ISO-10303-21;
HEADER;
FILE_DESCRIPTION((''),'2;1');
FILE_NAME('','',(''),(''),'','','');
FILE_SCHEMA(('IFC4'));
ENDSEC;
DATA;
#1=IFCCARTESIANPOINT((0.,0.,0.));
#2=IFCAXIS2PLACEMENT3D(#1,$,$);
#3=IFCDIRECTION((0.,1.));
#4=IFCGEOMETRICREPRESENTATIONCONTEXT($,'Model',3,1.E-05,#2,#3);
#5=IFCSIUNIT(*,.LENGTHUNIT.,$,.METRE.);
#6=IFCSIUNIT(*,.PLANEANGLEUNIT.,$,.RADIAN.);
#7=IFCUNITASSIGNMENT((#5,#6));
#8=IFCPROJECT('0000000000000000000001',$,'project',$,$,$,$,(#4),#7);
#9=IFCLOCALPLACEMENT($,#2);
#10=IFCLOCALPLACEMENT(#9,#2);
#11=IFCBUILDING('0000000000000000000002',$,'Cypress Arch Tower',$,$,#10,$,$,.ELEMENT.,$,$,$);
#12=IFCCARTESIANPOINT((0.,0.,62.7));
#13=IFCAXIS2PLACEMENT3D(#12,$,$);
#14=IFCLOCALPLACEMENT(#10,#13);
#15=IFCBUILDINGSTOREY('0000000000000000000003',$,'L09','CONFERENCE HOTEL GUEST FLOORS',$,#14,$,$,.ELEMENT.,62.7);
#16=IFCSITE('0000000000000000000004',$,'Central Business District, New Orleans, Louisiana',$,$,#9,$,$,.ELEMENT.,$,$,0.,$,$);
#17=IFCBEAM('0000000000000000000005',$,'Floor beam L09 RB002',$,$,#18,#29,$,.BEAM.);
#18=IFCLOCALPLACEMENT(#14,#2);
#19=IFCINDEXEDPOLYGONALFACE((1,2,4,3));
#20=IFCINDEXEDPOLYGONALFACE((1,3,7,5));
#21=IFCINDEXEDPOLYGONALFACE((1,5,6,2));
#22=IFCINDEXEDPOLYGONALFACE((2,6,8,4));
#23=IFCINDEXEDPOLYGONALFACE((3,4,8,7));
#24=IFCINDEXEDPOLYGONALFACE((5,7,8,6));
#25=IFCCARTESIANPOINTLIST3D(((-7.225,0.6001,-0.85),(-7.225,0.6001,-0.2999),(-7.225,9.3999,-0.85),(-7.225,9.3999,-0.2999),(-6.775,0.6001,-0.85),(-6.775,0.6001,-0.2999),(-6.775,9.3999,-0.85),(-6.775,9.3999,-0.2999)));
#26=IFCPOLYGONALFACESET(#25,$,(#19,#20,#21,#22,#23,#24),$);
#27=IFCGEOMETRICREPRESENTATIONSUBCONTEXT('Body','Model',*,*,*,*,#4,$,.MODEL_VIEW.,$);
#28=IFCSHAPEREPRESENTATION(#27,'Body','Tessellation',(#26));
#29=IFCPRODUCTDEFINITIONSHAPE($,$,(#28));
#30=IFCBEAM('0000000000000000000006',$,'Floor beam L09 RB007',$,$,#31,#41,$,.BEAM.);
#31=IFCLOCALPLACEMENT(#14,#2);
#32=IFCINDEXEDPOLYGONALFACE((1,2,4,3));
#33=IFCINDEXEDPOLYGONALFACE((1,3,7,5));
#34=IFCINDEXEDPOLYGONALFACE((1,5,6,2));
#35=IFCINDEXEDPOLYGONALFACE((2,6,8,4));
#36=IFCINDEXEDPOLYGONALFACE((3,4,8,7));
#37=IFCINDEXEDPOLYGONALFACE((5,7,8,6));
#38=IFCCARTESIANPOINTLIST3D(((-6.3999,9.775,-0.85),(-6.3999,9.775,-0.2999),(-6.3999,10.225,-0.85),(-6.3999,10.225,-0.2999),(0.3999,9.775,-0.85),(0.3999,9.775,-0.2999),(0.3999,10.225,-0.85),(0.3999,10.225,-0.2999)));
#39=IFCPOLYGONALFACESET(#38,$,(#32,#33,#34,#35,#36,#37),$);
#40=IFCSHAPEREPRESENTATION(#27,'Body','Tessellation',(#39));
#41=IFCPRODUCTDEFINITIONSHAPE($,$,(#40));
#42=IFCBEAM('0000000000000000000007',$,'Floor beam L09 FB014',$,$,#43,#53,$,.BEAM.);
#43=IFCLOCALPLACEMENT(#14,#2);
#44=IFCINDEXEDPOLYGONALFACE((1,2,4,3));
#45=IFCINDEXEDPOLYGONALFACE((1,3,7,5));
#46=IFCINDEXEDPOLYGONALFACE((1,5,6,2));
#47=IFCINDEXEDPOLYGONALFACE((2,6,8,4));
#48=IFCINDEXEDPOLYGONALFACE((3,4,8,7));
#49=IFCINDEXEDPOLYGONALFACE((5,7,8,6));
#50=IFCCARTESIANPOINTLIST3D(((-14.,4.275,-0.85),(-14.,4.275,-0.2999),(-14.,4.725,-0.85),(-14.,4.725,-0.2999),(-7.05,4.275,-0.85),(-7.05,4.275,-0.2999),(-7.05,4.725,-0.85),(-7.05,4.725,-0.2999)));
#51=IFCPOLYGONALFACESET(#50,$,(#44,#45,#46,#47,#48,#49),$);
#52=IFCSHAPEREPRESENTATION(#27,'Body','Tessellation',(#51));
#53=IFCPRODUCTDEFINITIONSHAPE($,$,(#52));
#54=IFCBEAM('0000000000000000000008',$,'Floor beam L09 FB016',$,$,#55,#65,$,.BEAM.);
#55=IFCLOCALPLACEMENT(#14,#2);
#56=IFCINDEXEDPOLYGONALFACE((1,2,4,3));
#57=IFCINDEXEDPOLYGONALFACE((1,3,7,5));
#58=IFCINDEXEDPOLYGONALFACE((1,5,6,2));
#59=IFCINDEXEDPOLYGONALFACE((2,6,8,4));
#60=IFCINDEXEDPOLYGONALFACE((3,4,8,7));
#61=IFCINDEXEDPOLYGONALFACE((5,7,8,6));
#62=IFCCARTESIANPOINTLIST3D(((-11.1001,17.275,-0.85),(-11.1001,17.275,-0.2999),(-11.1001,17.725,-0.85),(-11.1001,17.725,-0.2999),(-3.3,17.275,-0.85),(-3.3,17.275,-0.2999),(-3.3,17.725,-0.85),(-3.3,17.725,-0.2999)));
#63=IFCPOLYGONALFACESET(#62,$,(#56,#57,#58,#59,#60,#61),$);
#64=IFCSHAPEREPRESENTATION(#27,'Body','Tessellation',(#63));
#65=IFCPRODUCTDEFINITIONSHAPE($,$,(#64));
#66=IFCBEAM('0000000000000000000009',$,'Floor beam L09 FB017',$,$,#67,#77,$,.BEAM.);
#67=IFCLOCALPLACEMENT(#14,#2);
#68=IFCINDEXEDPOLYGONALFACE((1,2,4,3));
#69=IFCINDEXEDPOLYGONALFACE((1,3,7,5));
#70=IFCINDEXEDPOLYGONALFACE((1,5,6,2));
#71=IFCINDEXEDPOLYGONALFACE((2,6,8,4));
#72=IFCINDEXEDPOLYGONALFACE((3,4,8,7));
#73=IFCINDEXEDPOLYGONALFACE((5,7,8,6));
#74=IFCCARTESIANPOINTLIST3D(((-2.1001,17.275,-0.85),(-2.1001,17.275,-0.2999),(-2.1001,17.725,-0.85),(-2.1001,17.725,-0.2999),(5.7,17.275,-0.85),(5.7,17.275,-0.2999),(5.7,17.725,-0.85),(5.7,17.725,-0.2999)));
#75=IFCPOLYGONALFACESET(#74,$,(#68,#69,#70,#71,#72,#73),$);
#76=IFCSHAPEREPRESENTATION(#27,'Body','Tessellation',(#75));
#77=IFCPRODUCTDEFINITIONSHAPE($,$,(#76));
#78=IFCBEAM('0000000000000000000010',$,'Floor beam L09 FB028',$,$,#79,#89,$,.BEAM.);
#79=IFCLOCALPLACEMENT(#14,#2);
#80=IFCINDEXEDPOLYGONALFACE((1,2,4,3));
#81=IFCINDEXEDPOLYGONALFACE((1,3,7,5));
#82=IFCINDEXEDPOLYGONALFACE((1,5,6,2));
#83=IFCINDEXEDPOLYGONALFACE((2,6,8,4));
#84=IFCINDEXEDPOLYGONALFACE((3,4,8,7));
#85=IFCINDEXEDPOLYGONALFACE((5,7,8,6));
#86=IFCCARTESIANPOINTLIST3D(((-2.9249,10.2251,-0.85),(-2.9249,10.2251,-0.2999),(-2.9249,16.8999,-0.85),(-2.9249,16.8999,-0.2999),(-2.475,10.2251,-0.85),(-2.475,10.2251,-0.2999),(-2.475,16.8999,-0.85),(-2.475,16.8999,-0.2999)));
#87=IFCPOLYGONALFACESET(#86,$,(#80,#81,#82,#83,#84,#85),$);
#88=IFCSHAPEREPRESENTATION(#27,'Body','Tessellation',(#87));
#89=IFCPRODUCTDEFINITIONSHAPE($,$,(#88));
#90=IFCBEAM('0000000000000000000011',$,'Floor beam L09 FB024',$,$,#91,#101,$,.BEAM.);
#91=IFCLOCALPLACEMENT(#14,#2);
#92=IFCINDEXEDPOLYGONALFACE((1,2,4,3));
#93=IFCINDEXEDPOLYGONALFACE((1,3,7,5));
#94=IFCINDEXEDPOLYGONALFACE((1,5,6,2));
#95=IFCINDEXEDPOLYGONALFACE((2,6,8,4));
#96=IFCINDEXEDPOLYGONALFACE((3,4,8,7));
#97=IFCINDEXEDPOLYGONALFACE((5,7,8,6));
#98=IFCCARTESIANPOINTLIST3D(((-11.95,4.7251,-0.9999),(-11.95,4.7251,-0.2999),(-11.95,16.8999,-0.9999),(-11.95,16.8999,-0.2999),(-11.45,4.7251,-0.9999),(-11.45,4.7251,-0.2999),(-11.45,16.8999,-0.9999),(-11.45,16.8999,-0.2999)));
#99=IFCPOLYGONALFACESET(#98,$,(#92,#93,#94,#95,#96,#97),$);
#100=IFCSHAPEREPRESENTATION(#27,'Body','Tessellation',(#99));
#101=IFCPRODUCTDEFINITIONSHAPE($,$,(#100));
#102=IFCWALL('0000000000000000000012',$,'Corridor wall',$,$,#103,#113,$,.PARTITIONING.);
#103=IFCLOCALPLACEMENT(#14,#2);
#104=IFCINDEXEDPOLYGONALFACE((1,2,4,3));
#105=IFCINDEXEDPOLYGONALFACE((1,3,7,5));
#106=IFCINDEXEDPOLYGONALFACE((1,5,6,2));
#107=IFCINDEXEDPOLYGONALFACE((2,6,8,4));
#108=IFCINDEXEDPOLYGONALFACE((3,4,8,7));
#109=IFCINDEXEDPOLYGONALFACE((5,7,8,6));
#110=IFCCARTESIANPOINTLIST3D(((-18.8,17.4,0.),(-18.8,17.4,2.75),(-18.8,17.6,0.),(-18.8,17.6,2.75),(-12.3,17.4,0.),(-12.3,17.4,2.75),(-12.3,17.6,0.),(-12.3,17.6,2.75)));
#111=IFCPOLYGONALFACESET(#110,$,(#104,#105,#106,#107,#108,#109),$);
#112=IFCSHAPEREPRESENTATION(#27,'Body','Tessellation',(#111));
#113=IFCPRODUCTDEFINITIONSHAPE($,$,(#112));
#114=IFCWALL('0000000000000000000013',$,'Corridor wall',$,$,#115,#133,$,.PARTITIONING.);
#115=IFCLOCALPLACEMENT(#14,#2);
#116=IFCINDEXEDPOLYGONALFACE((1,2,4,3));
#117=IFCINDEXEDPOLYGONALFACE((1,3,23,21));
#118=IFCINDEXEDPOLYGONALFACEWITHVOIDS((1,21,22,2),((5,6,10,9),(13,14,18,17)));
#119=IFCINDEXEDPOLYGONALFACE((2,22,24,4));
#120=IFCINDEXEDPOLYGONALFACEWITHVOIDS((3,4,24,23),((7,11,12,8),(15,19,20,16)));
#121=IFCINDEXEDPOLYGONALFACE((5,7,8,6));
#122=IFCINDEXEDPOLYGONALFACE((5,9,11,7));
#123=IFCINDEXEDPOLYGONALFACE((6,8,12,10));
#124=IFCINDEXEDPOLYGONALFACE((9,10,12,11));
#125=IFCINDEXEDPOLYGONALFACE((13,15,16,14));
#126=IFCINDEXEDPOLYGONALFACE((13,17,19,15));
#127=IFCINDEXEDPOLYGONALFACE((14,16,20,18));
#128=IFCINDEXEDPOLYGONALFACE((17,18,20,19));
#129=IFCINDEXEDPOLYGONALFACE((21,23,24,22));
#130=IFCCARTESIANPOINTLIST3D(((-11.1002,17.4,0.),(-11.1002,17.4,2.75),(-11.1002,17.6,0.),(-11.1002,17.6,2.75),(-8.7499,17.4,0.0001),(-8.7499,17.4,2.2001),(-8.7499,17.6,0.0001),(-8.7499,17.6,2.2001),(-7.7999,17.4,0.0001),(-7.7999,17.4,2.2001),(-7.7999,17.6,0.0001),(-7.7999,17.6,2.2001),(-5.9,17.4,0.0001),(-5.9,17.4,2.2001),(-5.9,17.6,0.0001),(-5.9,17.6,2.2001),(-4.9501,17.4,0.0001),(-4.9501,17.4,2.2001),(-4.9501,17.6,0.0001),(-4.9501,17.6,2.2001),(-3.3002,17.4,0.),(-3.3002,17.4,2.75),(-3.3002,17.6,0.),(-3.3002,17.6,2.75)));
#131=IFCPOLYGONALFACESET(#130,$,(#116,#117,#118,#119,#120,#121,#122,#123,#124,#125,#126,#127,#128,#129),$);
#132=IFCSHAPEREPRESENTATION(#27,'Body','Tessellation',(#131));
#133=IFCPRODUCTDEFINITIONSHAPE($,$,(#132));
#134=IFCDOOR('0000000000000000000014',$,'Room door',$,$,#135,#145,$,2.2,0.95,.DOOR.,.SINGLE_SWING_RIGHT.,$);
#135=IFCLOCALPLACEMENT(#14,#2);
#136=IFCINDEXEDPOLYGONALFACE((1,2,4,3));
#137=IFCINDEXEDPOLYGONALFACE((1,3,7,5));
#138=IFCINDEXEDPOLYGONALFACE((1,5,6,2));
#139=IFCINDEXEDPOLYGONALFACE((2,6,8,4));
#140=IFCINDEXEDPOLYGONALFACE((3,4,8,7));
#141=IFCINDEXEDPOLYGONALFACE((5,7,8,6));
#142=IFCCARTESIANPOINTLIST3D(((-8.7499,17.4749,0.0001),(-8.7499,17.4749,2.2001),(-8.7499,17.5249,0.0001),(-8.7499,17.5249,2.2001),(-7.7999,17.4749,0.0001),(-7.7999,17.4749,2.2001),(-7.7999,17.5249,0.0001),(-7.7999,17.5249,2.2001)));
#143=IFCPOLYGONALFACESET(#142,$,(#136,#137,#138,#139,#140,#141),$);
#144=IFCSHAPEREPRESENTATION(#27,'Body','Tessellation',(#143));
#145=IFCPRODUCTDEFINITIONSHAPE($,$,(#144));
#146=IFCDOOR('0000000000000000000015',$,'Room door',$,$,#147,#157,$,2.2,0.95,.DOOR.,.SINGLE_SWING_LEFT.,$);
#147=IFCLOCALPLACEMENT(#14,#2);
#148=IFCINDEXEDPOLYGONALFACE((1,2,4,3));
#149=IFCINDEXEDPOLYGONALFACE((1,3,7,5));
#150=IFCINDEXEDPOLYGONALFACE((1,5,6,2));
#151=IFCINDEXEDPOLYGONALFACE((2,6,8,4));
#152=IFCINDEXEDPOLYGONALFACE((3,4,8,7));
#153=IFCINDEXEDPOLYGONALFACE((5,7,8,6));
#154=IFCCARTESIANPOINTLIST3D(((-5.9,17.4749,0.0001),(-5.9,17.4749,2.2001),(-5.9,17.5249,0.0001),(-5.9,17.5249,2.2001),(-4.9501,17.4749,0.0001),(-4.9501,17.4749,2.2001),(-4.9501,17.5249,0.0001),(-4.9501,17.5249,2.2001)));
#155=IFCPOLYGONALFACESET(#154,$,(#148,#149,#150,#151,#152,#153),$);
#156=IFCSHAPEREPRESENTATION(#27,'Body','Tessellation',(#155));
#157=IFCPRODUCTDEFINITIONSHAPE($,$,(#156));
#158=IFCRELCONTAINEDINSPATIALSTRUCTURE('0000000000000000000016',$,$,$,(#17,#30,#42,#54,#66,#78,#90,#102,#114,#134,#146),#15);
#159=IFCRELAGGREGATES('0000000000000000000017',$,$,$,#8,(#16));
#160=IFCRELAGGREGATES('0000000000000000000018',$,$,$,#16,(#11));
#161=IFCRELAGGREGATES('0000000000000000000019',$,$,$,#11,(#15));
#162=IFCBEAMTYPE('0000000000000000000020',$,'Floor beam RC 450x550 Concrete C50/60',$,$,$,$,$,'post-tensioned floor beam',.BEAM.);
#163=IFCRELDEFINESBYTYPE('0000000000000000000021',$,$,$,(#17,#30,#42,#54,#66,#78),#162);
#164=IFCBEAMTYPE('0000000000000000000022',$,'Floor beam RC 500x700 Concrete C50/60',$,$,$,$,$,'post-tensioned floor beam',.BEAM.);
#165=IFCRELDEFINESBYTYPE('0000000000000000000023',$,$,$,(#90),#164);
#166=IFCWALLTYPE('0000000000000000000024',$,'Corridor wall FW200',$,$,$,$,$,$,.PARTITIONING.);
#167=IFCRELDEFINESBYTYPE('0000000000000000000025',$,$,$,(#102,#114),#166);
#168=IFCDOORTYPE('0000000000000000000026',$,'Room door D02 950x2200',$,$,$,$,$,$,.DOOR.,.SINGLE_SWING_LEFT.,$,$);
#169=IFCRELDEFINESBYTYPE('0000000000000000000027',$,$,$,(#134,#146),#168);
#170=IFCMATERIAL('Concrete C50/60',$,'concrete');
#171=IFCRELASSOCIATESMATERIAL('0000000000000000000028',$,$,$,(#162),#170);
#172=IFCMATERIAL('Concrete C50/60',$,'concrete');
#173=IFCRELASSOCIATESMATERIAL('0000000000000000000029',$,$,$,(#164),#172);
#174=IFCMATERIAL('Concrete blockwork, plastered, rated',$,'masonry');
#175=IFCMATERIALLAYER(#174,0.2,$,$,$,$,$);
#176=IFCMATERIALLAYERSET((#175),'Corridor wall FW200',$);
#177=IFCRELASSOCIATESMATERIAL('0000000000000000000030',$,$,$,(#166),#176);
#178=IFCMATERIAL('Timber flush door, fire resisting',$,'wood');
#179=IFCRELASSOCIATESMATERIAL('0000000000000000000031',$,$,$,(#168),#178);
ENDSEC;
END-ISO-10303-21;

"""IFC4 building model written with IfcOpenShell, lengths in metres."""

from ifc_helpers import new_model, si_unit, direction, frame, frame_2d, origin, origin_2d, place, context, subcontext, project, spatial, rectangle, extrude, material, layer, layer_set, material_profile, profile_set, type_object, element, fill, save


model = new_model("IFC4")

# Units and contexts
model_context = context("Model", 3, precision=1e-05, world=origin(), true_north=direction((0.0, 1.0)))
body_context = subcontext(model_context, "Body", "Model", "MODEL_VIEW")
ifc_project = project(units=[si_unit("LENGTHUNIT", "METRE"), si_unit("PLANEANGLEUNIT", "RADIAN")], contexts=[model_context])

# Site, building, storey
site_placement = place(None, origin())
site = spatial("IfcSite", under=ifc_project, at=site_placement, Name="Central Business District, New Orleans, Louisiana", CompositionType="ELEMENT", RefElevation=0.0)
building_placement = place(site_placement, origin())
building = spatial("IfcBuilding", under=site, at=building_placement, Name="Cypress Arch Tower", CompositionType="ELEMENT")
storey_placement = place(building_placement, frame((0.0, 0.0, 62.7)))
storey = spatial("IfcBuildingStorey", under=building, at=storey_placement, Name="L09", Description="CONFERENCE HOTEL GUEST FLOORS", CompositionType="ELEMENT", Elevation=62.7)

# Beams
ifc_material_1 = material(Name="Concrete C50/60", Category="concrete")
ifc_material_profile_1 = material_profile(ifc_material_1, rectangle(XDim=0.45, YDim=0.55, at=origin_2d()), Name="RC 450x550")
ifc_profile_set_1 = profile_set([ifc_material_profile_1], Name="Concrete C50/60")
beam_type_1 = type_object("IfcBeamType", Name="Floor beam RC 450x550 Concrete C50/60", ElementType="post-tensioned floor beam", PredefinedType="BEAM", material=ifc_profile_set_1)
beam_1_placement = place(storey_placement, frame((-7.0, 0.6001, -0.575), z_axis=(0.0, 1.0, 0.0), x_axis=(-1.0, 0.0, 0.0)))
element("IfcBeam", 1, at=beam_1_placement, inside=storey, type_object=beam_type_1, Name="Floor beam L09 RB002", PredefinedType="BEAM", context=body_context, shape_type="SweptSolid", body=[
    extrude(rectangle(XDim=0.45, YDim=0.55, at=origin_2d()), origin(), (0.0, 0.0, 1.0), 8.7998),
])
beam_2_placement = place(storey_placement, frame((-6.3999, 10.0, -0.575), z_axis=(1.0, 0.0, 0.0), x_axis=(0.0, 1.0, 0.0)))
element("IfcBeam", 2, at=beam_2_placement, inside=storey, type_object=beam_type_1, Name="Floor beam L09 RB007", PredefinedType="BEAM", context=body_context, shape_type="SweptSolid", body=[
    extrude(rectangle(XDim=0.45, YDim=0.55, at=origin_2d()), origin(), (0.0, 0.0, 1.0), 6.7998),
])
beam_3_placement = place(storey_placement, frame((-14.0, 4.5, -0.575), z_axis=(1.0, 0.0, 0.0), x_axis=(0.0, 1.0, 0.0)))
element("IfcBeam", 3, at=beam_3_placement, inside=storey, type_object=beam_type_1, Name="Floor beam L09 FB014", PredefinedType="BEAM", context=body_context, shape_type="SweptSolid", body=[
    extrude(rectangle(XDim=0.45, YDim=0.55, at=origin_2d()), origin(), (0.0, 0.0, 1.0), 6.95),
])
for number, where, z_axis, x_axis, name in (
    (4, (-11.1001, 17.5, -0.575), (1.0, 0.0, 0.0), (0.0, 1.0, 0.0), "Floor beam L09 FB016"),
    (5, (-2.1001, 17.5, -0.575), (1.0, 0.0, 0.0), (0.0, 1.0, 0.0), "Floor beam L09 FB017"),
):
    element("IfcBeam", number, at=place(storey_placement, frame(where, z_axis=z_axis, x_axis=x_axis)), inside=storey, type_object=beam_type_1, Name=name, PredefinedType="BEAM", context=body_context, shape_type="SweptSolid", body=[
        extrude(rectangle(XDim=0.45, YDim=0.55, at=origin_2d()), origin(), (0.0, 0.0, 1.0), 7.8),
    ])
beam_4_placement = place(storey_placement, frame((-2.7, 10.2251, -0.575), z_axis=(0.0, 1.0, 0.0), x_axis=(-1.0, 0.0, 0.0)))
element("IfcBeam", 6, at=beam_4_placement, inside=storey, type_object=beam_type_1, Name="Floor beam L09 FB028", PredefinedType="BEAM", context=body_context, shape_type="SweptSolid", body=[
    extrude(rectangle(XDim=0.45, YDim=0.55, at=origin_2d()), origin(), (0.0, 0.0, 1.0), 6.6748),
])
ifc_material_2 = material(Name="Concrete C50/60", Category="concrete")
ifc_material_profile_2 = material_profile(ifc_material_2, rectangle(XDim=0.5, YDim=0.7, at=origin_2d()), Name="RC 500x700")
ifc_profile_set_2 = profile_set([ifc_material_profile_2], Name="Concrete C50/60")
beam_type_2 = type_object("IfcBeamType", Name="Floor beam RC 500x700 Concrete C50/60", ElementType="post-tensioned floor beam", PredefinedType="BEAM", material=ifc_profile_set_2)
beam_5_placement = place(storey_placement, frame((-11.7, 4.7251, -0.6499), z_axis=(0.0, 1.0, 0.0), x_axis=(-1.0, 0.0, 0.0)))
element("IfcBeam", 7, at=beam_5_placement, inside=storey, type_object=beam_type_2, Name="Floor beam L09 FB024", PredefinedType="BEAM", context=body_context, shape_type="SweptSolid", body=[
    extrude(rectangle(XDim=0.5, YDim=0.7, at=origin_2d()), origin(), (0.0, 0.0, 1.0), 12.1748),
])

# Wall
ifc_material_3 = material(Name="Concrete blockwork, plastered, rated", Category="masonry")
ifc_layer_1 = layer(ifc_material_3, 0.2)
ifc_layer_set_1 = layer_set([ifc_layer_1], Name="Corridor wall FW200")
wall_type_1 = type_object("IfcWallType", Name="Corridor wall FW200", PredefinedType="PARTITIONING", material=ifc_layer_set_1)
wall_1_placement = place(storey_placement, frame((-18.8, 17.5, 0.0), z_axis=(0.0, 0.0, 1.0), x_axis=(1.0, 0.0, 0.0)))
element("IfcWall", 8, at=wall_1_placement, inside=storey, type_object=wall_type_1, Name="Corridor wall", PredefinedType="PARTITIONING", context=body_context, shape_type="SweptSolid", body=[
    extrude(rectangle(XDim=6.5, YDim=0.2, at=frame_2d((3.25, 0.0))), origin(), (0.0, 0.0, 1.0), 2.75),
])

# Wall, openings, doors
wall_2_placement = place(storey_placement, frame((-11.1001, 17.5, 0.0), z_axis=(0.0, 0.0, 1.0), x_axis=(1.0, 0.0, 0.0)))
wall_2 = element("IfcWall", 9, at=wall_2_placement, inside=storey, type_object=wall_type_1, Name="Corridor wall", PredefinedType="PARTITIONING", context=body_context, shape_type="SweptSolid", body=[
    extrude(rectangle(XDim=7.8, YDim=0.2, at=frame_2d((3.8999, 0.0))), origin(), (0.0, 0.0, 1.0), 2.75),
])
opening_1_placement = place(wall_2_placement, frame((2.3501, 0.0, 0.0)))
opening_1 = element("IfcOpeningElement", 10, at=opening_1_placement, cuts=wall_2, PredefinedType="OPENING", context=body_context, shape_type="SweptSolid", body=[
    extrude(rectangle(XDim=0.95, YDim=2.2, at=frame_2d((0.4751, 1.1001))), frame((0.0, 0.1099, 0.0), z_axis=(0.0, -1.0, 0.0), x_axis=(1.0, 0.0, 0.0)), (0.0, 0.0, 1.0), 0.22),
])
opening_2_placement = place(wall_2_placement, frame((5.2, 0.0, 0.0)))
opening_2 = element("IfcOpeningElement", 11, at=opening_2_placement, cuts=wall_2, PredefinedType="OPENING", context=body_context, shape_type="SweptSolid", body=[
    extrude(rectangle(XDim=0.95, YDim=2.2, at=frame_2d((0.4751, 1.1001))), frame((0.0, 0.1099, 0.0), z_axis=(0.0, -1.0, 0.0), x_axis=(1.0, 0.0, 0.0)), (0.0, 0.0, 1.0), 0.22),
])
ifc_material_4 = material(Name="Timber flush door, fire resisting", Category="wood")
door_type_1 = type_object("IfcDoorType", Name="Room door D02 950x2200", OperationType="SINGLE_SWING_LEFT", PredefinedType="DOOR", material=ifc_material_4)
door_1_placement = place(opening_1_placement, origin())
door_1 = element("IfcDoor", 12, at=door_1_placement, inside=storey, type_object=door_type_1, Name="Room door", OperationType="SINGLE_SWING_RIGHT", OverallHeight=2.2, OverallWidth=0.95, PredefinedType="DOOR", context=body_context, shape_type="SweptSolid", body=[
    extrude(rectangle(XDim=0.95, YDim=2.2, at=frame_2d((0.4751, 1.1001))), frame((0.0, 0.0249, 0.0), z_axis=(0.0, -1.0, 0.0), x_axis=(1.0, 0.0, 0.0)), (0.0, 0.0, 1.0), 0.05),
])
fill(opening_1, door_1)
door_2_placement = place(opening_2_placement, origin())
door_2 = element("IfcDoor", 13, at=door_2_placement, inside=storey, type_object=door_type_1, Name="Room door", OperationType="SINGLE_SWING_LEFT", OverallHeight=2.2, OverallWidth=0.95, PredefinedType="DOOR", context=body_context, shape_type="SweptSolid", body=[
    extrude(rectangle(XDim=0.95, YDim=2.2, at=frame_2d((0.4751, 1.1001))), frame((0.0, 0.0249, 0.0), z_axis=(0.0, -1.0, 0.0), x_axis=(1.0, 0.0, 0.0)), (0.0, 0.0, 1.0), 0.05),
])
fill(opening_2, door_2)

save(model, "model.ifc")
